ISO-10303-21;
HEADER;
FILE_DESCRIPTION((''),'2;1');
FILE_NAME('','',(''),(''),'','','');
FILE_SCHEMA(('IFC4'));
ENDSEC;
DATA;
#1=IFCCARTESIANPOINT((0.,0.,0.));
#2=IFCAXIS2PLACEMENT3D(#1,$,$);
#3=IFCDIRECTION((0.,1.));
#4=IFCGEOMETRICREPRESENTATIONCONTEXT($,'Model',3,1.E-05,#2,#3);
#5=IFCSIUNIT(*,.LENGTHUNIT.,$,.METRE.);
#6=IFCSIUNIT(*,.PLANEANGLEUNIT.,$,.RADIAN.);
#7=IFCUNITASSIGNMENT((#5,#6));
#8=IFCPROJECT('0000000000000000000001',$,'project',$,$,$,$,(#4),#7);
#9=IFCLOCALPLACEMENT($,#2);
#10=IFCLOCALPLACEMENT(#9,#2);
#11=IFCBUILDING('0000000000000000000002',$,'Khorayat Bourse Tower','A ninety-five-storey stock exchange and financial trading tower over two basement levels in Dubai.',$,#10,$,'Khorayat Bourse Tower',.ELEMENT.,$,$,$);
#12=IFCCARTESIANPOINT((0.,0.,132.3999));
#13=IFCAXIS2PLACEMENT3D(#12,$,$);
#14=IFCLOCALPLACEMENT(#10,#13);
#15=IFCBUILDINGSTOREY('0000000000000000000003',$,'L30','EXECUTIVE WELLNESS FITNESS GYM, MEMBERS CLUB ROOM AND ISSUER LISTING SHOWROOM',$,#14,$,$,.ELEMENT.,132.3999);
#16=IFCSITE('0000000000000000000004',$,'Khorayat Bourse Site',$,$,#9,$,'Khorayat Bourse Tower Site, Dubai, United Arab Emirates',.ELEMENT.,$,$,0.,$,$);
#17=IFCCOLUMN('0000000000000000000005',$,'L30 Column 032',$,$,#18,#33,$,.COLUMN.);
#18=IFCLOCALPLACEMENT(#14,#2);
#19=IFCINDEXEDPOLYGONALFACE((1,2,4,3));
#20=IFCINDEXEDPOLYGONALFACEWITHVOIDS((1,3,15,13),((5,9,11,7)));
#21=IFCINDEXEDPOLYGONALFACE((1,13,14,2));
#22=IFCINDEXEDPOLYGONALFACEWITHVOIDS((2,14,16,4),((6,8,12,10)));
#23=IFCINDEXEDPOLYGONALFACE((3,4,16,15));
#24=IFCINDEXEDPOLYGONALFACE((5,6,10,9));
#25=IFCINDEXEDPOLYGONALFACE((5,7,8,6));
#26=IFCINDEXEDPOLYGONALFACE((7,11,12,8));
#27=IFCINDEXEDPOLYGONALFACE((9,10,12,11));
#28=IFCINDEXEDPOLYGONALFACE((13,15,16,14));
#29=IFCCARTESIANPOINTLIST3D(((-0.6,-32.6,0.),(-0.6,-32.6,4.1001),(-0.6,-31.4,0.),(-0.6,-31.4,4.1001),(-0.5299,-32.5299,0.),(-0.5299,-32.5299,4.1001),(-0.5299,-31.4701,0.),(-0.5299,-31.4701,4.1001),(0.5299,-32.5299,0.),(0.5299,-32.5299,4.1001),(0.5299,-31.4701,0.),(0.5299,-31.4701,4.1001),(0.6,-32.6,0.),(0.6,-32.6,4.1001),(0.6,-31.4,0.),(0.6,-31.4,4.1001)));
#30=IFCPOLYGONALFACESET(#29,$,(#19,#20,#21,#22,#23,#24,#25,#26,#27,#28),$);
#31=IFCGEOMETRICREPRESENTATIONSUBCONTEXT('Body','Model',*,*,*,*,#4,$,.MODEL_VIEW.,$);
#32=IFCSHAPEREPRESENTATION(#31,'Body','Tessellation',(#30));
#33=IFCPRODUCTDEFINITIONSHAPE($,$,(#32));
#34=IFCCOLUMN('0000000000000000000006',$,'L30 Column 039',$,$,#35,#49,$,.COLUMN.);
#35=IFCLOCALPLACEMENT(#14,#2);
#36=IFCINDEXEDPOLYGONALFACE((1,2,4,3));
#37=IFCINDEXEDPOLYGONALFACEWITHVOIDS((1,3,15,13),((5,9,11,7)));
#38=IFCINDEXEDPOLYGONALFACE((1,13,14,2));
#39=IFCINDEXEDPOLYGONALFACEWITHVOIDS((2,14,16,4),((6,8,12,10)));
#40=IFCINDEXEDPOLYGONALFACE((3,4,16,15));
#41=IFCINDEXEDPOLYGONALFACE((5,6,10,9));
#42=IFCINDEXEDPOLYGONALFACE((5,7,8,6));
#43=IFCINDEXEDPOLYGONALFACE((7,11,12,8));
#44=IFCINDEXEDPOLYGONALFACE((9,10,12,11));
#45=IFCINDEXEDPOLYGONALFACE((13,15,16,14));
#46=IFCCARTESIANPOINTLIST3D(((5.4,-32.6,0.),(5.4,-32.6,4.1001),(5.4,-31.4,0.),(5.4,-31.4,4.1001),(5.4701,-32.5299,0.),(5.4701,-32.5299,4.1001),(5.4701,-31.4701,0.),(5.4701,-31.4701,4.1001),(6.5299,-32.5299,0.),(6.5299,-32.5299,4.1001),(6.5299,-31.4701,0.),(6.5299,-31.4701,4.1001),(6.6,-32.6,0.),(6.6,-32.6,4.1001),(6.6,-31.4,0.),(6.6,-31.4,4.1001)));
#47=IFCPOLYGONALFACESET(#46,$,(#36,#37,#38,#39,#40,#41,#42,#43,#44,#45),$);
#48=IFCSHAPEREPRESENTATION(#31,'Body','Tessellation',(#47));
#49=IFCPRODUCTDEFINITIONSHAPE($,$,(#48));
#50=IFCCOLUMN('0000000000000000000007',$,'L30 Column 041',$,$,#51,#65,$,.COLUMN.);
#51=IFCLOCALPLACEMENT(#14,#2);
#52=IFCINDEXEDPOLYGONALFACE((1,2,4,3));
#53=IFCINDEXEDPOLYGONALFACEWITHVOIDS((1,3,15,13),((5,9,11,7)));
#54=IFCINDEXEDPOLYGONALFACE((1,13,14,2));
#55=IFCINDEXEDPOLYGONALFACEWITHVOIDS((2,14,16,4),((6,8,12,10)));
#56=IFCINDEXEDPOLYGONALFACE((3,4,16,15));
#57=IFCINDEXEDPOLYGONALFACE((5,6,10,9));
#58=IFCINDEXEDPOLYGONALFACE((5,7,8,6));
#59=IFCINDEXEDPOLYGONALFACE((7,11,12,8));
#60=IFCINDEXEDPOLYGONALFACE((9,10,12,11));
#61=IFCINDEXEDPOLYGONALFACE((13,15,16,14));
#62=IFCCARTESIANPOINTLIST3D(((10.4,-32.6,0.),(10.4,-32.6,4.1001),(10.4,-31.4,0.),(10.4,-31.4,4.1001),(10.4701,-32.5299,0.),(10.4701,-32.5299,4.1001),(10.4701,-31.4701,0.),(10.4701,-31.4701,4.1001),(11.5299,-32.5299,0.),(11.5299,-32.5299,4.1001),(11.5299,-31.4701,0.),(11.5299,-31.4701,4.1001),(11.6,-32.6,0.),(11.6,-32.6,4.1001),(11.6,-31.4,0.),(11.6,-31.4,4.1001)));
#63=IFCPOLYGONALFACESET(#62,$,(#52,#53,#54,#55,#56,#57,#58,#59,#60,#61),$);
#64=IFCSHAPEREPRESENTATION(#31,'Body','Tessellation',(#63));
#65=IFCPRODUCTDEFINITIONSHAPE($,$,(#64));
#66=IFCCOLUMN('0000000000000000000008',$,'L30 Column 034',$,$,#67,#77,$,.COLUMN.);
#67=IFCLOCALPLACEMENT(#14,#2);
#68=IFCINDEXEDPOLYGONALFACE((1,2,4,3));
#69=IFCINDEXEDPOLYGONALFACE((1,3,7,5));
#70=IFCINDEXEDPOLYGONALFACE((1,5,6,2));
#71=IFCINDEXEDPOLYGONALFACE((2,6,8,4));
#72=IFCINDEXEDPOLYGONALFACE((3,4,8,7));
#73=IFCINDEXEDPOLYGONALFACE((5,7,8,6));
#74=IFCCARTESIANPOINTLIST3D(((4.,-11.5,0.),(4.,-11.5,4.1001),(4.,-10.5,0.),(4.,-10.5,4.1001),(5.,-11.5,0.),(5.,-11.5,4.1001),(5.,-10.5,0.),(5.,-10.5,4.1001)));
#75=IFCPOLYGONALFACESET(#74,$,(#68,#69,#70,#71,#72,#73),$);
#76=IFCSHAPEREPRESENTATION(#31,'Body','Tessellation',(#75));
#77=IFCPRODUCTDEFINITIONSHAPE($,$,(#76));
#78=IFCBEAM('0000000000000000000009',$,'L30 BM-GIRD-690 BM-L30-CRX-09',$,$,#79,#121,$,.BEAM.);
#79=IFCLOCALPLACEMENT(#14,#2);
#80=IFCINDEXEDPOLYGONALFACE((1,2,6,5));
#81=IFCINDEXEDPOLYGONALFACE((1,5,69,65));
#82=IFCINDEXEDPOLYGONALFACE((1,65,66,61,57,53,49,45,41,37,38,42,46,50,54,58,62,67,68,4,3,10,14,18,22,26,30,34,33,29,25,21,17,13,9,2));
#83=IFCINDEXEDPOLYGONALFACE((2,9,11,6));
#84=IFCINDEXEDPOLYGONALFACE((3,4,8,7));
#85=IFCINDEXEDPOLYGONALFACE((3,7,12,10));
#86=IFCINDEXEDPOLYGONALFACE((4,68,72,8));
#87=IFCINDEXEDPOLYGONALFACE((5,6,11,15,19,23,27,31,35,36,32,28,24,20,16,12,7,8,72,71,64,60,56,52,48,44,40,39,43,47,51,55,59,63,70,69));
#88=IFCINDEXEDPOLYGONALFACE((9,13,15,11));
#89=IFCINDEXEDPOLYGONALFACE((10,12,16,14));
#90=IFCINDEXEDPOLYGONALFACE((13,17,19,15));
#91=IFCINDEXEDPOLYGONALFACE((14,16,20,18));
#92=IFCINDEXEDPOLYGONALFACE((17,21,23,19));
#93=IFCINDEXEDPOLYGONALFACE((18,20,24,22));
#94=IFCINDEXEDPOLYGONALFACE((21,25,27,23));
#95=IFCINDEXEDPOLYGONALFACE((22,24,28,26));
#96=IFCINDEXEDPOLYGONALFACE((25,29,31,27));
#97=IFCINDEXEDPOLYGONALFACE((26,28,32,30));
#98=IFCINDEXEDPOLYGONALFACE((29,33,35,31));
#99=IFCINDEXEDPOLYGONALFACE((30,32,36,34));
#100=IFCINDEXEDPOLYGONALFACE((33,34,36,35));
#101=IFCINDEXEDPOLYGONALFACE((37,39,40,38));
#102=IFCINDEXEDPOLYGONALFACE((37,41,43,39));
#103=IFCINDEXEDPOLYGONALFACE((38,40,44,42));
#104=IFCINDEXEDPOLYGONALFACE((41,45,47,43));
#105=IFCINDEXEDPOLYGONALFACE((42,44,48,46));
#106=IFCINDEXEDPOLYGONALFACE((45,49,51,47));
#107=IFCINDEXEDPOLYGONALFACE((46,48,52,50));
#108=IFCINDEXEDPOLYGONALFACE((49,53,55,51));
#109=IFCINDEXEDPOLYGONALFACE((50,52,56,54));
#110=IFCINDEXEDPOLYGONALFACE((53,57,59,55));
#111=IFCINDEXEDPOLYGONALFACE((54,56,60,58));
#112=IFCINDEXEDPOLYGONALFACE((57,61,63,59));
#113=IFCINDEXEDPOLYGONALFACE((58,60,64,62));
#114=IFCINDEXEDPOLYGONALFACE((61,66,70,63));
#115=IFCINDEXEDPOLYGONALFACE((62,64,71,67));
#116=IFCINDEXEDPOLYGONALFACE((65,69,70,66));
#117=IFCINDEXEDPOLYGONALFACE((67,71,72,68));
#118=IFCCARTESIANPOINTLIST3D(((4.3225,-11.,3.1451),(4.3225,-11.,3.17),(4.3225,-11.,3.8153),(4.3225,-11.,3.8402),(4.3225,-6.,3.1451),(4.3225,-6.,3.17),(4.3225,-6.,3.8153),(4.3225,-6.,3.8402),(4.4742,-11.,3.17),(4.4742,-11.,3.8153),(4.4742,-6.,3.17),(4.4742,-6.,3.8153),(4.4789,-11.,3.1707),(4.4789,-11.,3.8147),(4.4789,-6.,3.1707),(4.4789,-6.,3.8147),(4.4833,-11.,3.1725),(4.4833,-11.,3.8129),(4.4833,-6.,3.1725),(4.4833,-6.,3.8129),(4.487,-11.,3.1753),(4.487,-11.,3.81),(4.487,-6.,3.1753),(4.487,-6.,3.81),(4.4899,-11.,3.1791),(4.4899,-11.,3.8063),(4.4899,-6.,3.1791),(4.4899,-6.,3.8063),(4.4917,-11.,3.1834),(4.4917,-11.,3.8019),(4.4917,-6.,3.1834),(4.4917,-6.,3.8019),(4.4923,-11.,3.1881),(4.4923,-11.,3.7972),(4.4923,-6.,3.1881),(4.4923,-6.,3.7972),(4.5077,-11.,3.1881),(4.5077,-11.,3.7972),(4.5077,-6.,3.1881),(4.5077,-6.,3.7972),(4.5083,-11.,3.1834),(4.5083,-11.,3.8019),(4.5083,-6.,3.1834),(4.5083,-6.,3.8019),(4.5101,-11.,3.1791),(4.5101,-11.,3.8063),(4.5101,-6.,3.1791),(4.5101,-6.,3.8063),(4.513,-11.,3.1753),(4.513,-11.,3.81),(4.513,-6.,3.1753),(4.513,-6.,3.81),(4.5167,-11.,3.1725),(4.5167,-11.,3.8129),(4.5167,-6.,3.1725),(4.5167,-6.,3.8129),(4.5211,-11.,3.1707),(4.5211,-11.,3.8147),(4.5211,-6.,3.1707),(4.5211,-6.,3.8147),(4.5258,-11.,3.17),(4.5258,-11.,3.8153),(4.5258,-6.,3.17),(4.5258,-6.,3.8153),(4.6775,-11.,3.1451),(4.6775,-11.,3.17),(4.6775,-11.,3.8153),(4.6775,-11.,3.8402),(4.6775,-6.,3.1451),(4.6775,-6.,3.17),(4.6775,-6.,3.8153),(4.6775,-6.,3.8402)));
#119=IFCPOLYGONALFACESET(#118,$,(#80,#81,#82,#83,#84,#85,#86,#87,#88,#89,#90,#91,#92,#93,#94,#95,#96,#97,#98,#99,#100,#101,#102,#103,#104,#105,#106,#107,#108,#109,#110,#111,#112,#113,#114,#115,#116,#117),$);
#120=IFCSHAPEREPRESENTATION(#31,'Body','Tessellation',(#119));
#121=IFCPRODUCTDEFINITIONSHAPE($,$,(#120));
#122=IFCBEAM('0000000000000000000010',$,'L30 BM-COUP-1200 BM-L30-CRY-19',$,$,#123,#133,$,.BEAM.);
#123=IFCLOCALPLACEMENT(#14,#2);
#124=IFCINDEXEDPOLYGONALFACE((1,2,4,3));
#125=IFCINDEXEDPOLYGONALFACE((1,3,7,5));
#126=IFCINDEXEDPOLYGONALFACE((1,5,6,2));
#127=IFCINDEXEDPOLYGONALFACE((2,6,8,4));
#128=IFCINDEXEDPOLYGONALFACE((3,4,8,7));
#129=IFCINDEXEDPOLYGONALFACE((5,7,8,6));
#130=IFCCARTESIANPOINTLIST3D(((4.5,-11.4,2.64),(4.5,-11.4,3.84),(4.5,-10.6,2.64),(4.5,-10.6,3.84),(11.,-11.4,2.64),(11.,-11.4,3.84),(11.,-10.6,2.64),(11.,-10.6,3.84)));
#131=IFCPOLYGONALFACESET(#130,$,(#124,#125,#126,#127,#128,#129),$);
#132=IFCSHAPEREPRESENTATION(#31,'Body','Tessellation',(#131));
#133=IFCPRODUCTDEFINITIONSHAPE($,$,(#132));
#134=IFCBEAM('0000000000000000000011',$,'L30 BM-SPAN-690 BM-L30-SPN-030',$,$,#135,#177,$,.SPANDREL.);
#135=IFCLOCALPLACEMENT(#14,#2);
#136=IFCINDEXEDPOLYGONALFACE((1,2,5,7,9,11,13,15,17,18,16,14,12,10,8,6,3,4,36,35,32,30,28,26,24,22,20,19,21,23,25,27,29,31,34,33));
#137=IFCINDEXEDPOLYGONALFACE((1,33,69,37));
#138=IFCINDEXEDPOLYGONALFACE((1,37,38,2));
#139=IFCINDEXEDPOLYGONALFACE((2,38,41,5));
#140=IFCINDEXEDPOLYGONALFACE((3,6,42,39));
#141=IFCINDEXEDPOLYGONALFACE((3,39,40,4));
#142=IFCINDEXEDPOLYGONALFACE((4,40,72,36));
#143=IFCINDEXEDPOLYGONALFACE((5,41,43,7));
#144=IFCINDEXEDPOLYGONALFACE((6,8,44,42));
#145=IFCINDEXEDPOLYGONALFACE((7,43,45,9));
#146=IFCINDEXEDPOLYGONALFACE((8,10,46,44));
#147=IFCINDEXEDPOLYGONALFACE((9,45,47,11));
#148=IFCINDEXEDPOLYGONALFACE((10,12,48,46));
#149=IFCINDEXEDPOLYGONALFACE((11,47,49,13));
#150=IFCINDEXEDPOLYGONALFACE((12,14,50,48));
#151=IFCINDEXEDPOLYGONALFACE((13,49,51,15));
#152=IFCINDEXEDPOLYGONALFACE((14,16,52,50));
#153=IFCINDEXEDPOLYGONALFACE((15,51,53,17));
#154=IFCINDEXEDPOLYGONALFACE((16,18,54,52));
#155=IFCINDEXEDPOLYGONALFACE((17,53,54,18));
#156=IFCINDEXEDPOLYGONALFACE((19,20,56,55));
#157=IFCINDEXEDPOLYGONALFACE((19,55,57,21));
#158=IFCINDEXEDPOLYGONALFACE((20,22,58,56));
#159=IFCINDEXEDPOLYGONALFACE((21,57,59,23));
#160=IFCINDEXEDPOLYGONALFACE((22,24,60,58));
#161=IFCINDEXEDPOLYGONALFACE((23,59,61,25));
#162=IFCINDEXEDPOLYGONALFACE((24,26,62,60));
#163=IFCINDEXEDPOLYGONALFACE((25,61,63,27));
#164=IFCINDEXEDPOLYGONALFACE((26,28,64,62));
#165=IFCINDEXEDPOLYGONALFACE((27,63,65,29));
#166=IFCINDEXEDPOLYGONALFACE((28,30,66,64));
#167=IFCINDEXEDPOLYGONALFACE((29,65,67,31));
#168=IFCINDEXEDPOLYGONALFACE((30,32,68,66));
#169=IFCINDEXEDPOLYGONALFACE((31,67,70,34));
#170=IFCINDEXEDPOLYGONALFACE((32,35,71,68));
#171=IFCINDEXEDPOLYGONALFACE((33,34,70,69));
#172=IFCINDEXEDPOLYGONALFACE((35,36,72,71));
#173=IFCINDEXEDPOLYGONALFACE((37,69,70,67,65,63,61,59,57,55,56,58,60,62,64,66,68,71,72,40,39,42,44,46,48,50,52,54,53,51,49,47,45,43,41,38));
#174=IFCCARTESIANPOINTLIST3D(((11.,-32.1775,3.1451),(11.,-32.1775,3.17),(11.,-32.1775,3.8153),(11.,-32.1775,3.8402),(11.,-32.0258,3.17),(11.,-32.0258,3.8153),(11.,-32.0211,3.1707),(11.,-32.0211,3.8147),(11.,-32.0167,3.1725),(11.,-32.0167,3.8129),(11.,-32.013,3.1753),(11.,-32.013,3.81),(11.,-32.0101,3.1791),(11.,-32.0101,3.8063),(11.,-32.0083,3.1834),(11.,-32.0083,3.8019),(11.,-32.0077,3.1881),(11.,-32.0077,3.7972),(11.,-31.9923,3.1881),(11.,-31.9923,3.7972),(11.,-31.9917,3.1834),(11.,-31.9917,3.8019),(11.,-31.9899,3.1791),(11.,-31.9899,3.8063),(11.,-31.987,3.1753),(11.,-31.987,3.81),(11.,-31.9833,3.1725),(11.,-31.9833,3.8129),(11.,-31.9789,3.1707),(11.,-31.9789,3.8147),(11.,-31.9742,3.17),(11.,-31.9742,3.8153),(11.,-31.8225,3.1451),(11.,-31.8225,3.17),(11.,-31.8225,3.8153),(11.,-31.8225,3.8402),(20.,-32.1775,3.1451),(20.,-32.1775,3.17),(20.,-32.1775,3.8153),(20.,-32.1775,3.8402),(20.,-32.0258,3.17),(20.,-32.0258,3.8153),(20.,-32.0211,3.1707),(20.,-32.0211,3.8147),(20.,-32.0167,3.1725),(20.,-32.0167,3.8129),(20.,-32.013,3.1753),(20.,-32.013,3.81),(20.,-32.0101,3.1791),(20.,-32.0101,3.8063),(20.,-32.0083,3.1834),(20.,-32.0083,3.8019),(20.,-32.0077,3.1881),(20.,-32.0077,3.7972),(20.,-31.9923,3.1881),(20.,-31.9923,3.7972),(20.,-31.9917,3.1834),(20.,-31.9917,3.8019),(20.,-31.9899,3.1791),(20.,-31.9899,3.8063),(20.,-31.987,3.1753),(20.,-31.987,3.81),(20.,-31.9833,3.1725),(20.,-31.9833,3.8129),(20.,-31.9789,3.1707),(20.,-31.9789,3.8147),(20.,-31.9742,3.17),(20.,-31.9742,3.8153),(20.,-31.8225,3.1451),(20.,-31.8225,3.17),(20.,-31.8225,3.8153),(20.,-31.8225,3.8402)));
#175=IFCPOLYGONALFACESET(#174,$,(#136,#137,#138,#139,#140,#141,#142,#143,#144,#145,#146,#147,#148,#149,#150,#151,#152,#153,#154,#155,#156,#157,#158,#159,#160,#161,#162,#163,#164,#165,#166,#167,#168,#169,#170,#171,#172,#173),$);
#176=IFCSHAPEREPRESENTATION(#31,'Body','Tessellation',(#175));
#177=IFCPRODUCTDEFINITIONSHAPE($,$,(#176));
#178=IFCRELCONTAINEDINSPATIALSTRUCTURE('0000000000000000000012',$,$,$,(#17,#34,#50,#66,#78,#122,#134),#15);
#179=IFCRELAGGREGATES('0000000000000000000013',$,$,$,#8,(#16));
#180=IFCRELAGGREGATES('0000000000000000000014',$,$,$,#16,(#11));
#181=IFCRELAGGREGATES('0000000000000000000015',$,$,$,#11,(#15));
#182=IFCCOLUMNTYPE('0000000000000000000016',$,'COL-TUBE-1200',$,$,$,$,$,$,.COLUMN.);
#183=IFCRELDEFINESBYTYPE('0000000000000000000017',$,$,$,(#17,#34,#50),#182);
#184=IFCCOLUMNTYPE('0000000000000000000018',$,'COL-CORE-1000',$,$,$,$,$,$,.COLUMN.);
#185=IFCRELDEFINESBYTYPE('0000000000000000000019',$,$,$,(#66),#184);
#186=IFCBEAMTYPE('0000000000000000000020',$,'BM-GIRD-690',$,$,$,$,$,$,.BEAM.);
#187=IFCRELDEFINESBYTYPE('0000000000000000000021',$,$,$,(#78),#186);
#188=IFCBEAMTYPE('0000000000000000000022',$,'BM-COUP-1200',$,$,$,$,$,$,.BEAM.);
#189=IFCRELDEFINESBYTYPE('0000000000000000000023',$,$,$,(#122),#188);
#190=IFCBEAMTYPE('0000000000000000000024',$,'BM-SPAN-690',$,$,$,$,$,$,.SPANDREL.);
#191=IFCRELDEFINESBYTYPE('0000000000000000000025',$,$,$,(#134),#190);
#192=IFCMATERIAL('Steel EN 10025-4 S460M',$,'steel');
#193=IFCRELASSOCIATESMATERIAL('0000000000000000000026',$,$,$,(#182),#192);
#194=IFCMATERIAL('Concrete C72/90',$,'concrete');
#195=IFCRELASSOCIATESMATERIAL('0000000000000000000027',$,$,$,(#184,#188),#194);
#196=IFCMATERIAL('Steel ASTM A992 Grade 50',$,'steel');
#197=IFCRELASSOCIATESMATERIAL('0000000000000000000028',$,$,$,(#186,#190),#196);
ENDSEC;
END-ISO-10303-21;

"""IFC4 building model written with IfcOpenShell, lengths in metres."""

from ifc_helpers import new_model, si_unit, direction, frame, origin, origin_2d, place, context, subcontext, project, spatial, rectangle, hollow_rectangle, i_section, extrude, source, transform, mapped, material, material_profile, profile_set, type_object, element, save


model = new_model("IFC4")

# Units and contexts
model_context = context("Model", 3, precision=1e-05, world=origin(), true_north=direction((0.0, 1.0)))
body_context = subcontext(model_context, "Body", "Model", "MODEL_VIEW")
ifc_project = project(units=[si_unit("LENGTHUNIT", "METRE"), si_unit("PLANEANGLEUNIT", "RADIAN")], contexts=[model_context])

# Site, building, storey
site_placement = place(None, origin())
site = spatial("IfcSite", under=ifc_project, at=site_placement, Name="Khorayat Bourse Site", LongName="Khorayat Bourse Tower Site, Dubai, United Arab Emirates", CompositionType="ELEMENT", RefElevation=0.0)
building_placement = place(site_placement, origin())
building = spatial("IfcBuilding", under=site, at=building_placement, Name="Khorayat Bourse Tower", Description="A ninety-five-storey stock exchange and financial trading tower over two basement levels in Dubai.", LongName="Khorayat Bourse Tower", CompositionType="ELEMENT")
storey_placement = place(building_placement, frame((0.0, 0.0, 132.3999)))
storey = spatial("IfcBuildingStorey", under=building, at=storey_placement, Name="L30", Description="EXECUTIVE WELLNESS FITNESS GYM, MEMBERS CLUB ROOM AND ISSUER LISTING SHOWROOM", CompositionType="ELEMENT", Elevation=132.3999)

# Columns
ifc_material_1 = material(Name="Steel EN 10025-4 S460M", Category="steel")
ifc_material_profile_1 = material_profile(ifc_material_1, hollow_rectangle(XDim=1.2, YDim=1.2, WallThickness=0.0701, at=origin_2d()), Name="BOX 1200x1200x70")
ifc_profile_set_1 = profile_set([ifc_material_profile_1], Name="Steel EN 10025-4 S460M")
column_type_1 = type_object("IfcColumnType", Name="COL-TUBE-1200", PredefinedType="COLUMN", material=ifc_profile_set_1)
shared_shape_1 = source(origin(), body_context, "Body", "SweptSolid", [
    extrude(hollow_rectangle(XDim=1.2, YDim=1.2, WallThickness=0.0701, at=origin_2d()), origin(), (0.0, 0.0, 1.0), 4.1001),
])
for number, where, z_axis, x_axis, name in (
    (1, (0.0, -32.0, 0.0), (0.0, 0.0, 1.0), (1.0, 0.0, 0.0), "L30 Column 032"),
    (2, (6.0, -32.0, 0.0), (0.0, 0.0, 1.0), (1.0, 0.0, 0.0), "L30 Column 039"),
    (3, (11.0, -32.0, 0.0), (0.0, 0.0, 1.0), (1.0, 0.0, 0.0), "L30 Column 041"),
):
    element("IfcColumn", number, at=place(storey_placement, frame(where, z_axis=z_axis, x_axis=x_axis)), inside=storey, type_object=column_type_1, Name=name, PredefinedType="COLUMN", context=body_context, shape_type="MappedRepresentation", body=[
        mapped(shared_shape_1, transform((0.0, 0.0, 0.0), scale=1.0)),
    ])
ifc_material_2 = material(Name="Concrete C72/90", Category="concrete")
ifc_material_profile_2 = material_profile(ifc_material_2, rectangle(XDim=1.0, YDim=1.0, at=origin_2d()), Name="RC 1000x1000")
ifc_profile_set_2 = profile_set([ifc_material_profile_2], Name="Concrete C72/90")
column_type_2 = type_object("IfcColumnType", Name="COL-CORE-1000", PredefinedType="COLUMN", material=ifc_profile_set_2)
shared_shape_2 = source(origin(), body_context, "Body", "SweptSolid", [
    extrude(rectangle(XDim=1.0, YDim=1.0, at=origin_2d()), origin(), (0.0, 0.0, 1.0), 4.1001),
])
column_placement = place(storey_placement, frame((4.5, -11.0, 0.0), z_axis=(0.0, 0.0, 1.0), x_axis=(1.0, 0.0, 0.0)))
element("IfcColumn", 4, at=column_placement, inside=storey, type_object=column_type_2, Name="L30 Column 034", PredefinedType="COLUMN", context=body_context, shape_type="MappedRepresentation", body=[
    mapped(shared_shape_2, transform((0.0, 0.0, 0.0), scale=1.0)),
])

# Beams
ifc_material_3 = material(Name="Steel ASTM A992 Grade 50", Category="steel")
ifc_material_profile_3 = material_profile(ifc_material_3, i_section(OverallWidth=0.355, OverallDepth=0.6951, WebThickness=0.0154, FlangeThickness=0.0249, FilletRadius=0.0181, at=origin_2d()), Name="W690X217")
ifc_profile_set_3 = profile_set([ifc_material_profile_3], Name="Steel ASTM A992 Grade 50")
beam_type_1 = type_object("IfcBeamType", Name="BM-GIRD-690", PredefinedType="BEAM", material=ifc_profile_set_3)
shared_shape_3 = source(origin(), body_context, "Body", "SweptSolid", [
    extrude(i_section(OverallWidth=0.355, OverallDepth=0.6951, WebThickness=0.0154, FlangeThickness=0.0249, FilletRadius=0.0181, at=origin_2d()), origin(), (0.0, 0.0, 1.0), 5.0),
])
beam_1_placement = place(storey_placement, frame((4.5, -11.0, 3.4927), z_axis=(0.0, 1.0, 0.0), x_axis=(-1.0, 0.0, 0.0)))
element("IfcBeam", 5, at=beam_1_placement, inside=storey, type_object=beam_type_1, Name="L30 BM-GIRD-690 BM-L30-CRX-09", PredefinedType="BEAM", context=body_context, shape_type="MappedRepresentation", body=[
    mapped(shared_shape_3, transform((0.0, 0.0, 0.0), scale=1.0)),
])
ifc_material_profile_4 = material_profile(ifc_material_2, rectangle(XDim=0.8, YDim=1.2, at=origin_2d()), Name="RC 800x1200")
ifc_profile_set_4 = profile_set([ifc_material_profile_4], Name="Concrete C72/90")
beam_type_2 = type_object("IfcBeamType", Name="BM-COUP-1200", PredefinedType="BEAM", material=ifc_profile_set_4)
shared_shape_4 = source(origin(), body_context, "Body", "SweptSolid", [
    extrude(rectangle(XDim=0.8, YDim=1.2, at=origin_2d()), origin(), (0.0, 0.0, 1.0), 6.5),
])
beam_2_placement = place(storey_placement, frame((4.5, -11.0, 3.24), z_axis=(1.0, 0.0, 0.0), x_axis=(0.0, 1.0, 0.0)))
element("IfcBeam", 6, at=beam_2_placement, inside=storey, type_object=beam_type_2, Name="L30 BM-COUP-1200 BM-L30-CRY-19", PredefinedType="BEAM", context=body_context, shape_type="MappedRepresentation", body=[
    mapped(shared_shape_4, transform((0.0, 0.0, 0.0), scale=1.0)),
])
ifc_material_profile_5 = material_profile(ifc_material_3, i_section(OverallWidth=0.355, OverallDepth=0.6951, WebThickness=0.0154, FlangeThickness=0.0249, FilletRadius=0.0181, at=origin_2d()), Name="W690X217")
ifc_profile_set_5 = profile_set([ifc_material_profile_5], Name="Steel ASTM A992 Grade 50")
beam_type_3 = type_object("IfcBeamType", Name="BM-SPAN-690", PredefinedType="SPANDREL", material=ifc_profile_set_5)
shared_shape_5 = source(origin(), body_context, "Body", "SweptSolid", [
    extrude(i_section(OverallWidth=0.355, OverallDepth=0.6951, WebThickness=0.0154, FlangeThickness=0.0249, FilletRadius=0.0181, at=origin_2d()), origin(), (0.0, 0.0, 1.0), 9.0),
])
beam_3_placement = place(storey_placement, frame((11.0, -32.0, 3.4927), z_axis=(1.0, 0.0, 0.0), x_axis=(0.0, 1.0, 0.0)))
element("IfcBeam", 7, at=beam_3_placement, inside=storey, type_object=beam_type_3, Name="L30 BM-SPAN-690 BM-L30-SPN-030", PredefinedType="SPANDREL", context=body_context, shape_type="MappedRepresentation", body=[
    mapped(shared_shape_5, transform((0.0, 0.0, 0.0), scale=1.0)),
])

save(model, "model.ifc")
